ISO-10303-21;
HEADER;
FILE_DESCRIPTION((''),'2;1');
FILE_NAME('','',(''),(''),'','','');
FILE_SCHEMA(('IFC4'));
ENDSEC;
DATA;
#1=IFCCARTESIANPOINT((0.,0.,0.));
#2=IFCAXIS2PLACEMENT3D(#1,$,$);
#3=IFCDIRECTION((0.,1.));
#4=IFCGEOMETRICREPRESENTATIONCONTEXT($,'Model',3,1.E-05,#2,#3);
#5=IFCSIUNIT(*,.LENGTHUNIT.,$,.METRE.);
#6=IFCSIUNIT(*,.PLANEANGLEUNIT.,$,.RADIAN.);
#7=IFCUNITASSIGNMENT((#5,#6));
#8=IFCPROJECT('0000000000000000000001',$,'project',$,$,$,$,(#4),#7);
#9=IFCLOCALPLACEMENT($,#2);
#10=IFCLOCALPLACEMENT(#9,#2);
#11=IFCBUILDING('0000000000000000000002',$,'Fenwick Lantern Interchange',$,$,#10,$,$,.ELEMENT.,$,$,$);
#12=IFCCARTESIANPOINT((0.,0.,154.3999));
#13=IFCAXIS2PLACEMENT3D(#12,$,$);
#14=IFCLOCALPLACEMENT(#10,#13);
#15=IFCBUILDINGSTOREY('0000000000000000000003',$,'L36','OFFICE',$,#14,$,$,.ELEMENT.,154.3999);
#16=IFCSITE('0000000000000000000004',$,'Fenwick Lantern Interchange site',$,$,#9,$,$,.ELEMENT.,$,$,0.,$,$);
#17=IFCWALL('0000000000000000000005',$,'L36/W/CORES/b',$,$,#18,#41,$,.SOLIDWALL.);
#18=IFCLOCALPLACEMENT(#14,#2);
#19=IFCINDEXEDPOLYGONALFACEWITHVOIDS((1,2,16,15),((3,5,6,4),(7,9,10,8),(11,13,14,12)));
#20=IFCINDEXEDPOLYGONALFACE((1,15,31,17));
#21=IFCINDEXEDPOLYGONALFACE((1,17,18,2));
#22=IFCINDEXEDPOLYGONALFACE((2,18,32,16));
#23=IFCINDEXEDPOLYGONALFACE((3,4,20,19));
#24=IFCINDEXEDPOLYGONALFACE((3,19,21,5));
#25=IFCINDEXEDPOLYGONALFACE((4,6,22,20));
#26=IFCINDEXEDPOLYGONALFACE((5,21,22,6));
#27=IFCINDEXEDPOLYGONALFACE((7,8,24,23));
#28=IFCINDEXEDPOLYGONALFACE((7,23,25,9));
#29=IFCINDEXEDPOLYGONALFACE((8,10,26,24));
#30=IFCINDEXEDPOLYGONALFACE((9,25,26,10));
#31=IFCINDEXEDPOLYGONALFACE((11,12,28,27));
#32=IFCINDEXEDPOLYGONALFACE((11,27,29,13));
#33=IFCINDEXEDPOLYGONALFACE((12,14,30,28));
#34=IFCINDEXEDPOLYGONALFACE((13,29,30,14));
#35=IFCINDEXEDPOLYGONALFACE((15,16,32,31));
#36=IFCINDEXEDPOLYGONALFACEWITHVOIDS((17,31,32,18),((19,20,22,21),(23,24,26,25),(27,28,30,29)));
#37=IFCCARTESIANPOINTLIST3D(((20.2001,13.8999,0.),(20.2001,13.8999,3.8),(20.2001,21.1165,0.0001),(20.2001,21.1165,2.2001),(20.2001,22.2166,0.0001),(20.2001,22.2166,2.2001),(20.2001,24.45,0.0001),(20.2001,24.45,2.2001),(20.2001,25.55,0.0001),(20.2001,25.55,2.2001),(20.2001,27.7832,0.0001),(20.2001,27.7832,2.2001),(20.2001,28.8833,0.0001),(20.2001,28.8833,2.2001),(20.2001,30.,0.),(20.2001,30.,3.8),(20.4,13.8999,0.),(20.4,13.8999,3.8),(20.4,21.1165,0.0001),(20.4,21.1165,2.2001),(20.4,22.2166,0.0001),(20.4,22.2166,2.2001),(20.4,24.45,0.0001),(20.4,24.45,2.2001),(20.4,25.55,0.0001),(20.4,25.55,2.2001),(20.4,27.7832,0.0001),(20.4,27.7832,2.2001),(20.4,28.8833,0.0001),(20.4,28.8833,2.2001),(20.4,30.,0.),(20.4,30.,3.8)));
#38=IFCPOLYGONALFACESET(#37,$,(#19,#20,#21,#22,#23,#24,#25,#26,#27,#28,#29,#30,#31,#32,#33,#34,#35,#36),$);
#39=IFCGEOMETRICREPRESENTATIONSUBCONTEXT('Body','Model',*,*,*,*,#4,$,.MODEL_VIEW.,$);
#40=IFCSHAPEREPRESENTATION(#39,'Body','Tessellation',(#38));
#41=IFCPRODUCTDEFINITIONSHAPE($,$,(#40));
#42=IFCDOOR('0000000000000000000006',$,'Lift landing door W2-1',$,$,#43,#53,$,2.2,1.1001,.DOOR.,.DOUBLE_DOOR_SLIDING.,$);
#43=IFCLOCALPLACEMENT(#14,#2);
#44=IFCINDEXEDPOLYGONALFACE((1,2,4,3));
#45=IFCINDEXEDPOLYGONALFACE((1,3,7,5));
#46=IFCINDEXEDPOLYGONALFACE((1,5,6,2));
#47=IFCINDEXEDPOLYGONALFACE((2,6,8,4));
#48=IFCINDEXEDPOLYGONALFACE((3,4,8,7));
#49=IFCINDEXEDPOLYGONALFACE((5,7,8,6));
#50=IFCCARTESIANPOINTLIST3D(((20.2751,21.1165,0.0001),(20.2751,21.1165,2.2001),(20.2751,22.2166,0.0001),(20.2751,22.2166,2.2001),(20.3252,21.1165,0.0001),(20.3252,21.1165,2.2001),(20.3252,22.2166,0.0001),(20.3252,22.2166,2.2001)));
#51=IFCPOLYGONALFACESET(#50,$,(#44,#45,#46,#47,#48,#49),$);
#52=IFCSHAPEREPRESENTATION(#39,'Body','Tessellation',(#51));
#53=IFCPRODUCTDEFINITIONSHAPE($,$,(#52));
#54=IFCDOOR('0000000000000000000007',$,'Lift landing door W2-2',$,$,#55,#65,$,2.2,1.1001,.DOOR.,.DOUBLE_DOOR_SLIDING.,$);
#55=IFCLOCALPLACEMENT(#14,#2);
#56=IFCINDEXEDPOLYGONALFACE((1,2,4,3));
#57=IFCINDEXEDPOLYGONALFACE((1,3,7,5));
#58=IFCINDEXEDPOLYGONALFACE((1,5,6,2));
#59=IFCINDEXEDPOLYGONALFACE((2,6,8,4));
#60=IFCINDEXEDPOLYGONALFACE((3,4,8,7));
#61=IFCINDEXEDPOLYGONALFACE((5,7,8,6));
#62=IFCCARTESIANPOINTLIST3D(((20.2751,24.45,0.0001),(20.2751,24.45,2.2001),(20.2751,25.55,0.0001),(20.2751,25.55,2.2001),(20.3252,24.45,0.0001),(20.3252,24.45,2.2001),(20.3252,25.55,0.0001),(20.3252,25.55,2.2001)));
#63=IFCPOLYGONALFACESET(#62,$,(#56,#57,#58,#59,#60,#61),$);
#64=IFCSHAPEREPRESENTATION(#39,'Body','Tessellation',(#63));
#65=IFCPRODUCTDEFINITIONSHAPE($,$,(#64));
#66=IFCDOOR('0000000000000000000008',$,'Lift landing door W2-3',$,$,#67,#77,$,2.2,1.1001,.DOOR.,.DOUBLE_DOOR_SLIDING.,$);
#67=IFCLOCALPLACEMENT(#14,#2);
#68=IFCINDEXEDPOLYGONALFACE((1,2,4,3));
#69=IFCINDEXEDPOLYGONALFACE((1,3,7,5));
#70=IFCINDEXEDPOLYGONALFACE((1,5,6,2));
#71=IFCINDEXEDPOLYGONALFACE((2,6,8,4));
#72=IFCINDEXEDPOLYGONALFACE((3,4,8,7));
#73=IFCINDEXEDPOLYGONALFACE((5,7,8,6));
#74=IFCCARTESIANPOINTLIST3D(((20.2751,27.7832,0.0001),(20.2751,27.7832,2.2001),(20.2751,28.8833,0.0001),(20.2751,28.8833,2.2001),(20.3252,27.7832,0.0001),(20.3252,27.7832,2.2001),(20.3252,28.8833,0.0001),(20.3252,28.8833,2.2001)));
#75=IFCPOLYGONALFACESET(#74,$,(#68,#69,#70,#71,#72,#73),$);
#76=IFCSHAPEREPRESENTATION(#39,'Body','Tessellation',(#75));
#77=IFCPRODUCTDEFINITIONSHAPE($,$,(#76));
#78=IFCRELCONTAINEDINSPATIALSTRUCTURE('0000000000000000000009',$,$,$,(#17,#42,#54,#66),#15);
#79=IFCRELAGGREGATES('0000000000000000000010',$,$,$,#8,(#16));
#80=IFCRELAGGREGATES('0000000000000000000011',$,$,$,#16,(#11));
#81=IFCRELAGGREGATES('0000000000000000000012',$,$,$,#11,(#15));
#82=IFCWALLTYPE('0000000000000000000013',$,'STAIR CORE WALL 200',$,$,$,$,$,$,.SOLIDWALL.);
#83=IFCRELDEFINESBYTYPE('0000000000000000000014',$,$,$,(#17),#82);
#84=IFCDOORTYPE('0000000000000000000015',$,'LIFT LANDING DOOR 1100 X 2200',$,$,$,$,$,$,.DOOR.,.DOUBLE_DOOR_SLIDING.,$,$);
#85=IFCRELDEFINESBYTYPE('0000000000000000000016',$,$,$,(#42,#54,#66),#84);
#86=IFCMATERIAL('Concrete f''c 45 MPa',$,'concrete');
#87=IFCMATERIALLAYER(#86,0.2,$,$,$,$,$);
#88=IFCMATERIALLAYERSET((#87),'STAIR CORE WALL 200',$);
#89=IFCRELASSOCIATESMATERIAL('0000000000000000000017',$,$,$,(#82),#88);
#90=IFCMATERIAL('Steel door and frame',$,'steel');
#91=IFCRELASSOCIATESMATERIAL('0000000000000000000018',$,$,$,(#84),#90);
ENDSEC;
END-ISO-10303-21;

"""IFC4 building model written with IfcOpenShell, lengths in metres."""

from ifc_helpers import new_model, si_unit, direction, frame, frame_2d, origin, place, context, subcontext, project, spatial, rectangle, extrude, material, layer, layer_set, type_object, element, fill, save


model = new_model("IFC4")

# Units and contexts
model_context = context("Model", 3, precision=1e-05, world=origin(), true_north=direction((0.0, 1.0)))
body_context = subcontext(model_context, "Body", "Model", "MODEL_VIEW")
ifc_project = project(units=[si_unit("LENGTHUNIT", "METRE"), si_unit("PLANEANGLEUNIT", "RADIAN")], contexts=[model_context])

# Site, building, storey
site_placement = place(None, origin())
site = spatial("IfcSite", under=ifc_project, at=site_placement, Name="Fenwick Lantern Interchange site", CompositionType="ELEMENT", RefElevation=0.0)
building_placement = place(site_placement, origin())
building = spatial("IfcBuilding", under=site, at=building_placement, Name="Fenwick Lantern Interchange", CompositionType="ELEMENT")
storey_placement = place(building_placement, frame((0.0, 0.0, 154.3999)))
storey = spatial("IfcBuildingStorey", under=building, at=storey_placement, Name="L36", Description="OFFICE", CompositionType="ELEMENT", Elevation=154.3999)

# Shared definitions
ifc_material_1 = material(Name="Steel door and frame", Category="steel")

# Wall, openings, doors
ifc_material_2 = material(Name="Concrete f'c 45 MPa", Category="concrete")
ifc_layer_1 = layer(ifc_material_2, 0.2)
ifc_layer_set_1 = layer_set([ifc_layer_1], Name="STAIR CORE WALL 200")
wall_type_1 = type_object("IfcWallType", Name="STAIR CORE WALL 200", PredefinedType="SOLIDWALL", material=ifc_layer_set_1)
wall_1_placement = place(storey_placement, frame((20.3, 13.8999, 0.0), z_axis=(0.0, 0.0, 1.0), x_axis=(0.0, 1.0, 0.0)))
wall_1 = element("IfcWall", 1, at=wall_1_placement, inside=storey, type_object=wall_type_1, Name="L36/W/CORES/b", PredefinedType="SOLIDWALL", context=body_context, shape_type="SweptSolid", body=[
    extrude(rectangle(XDim=16.1001, YDim=0.2, at=frame_2d((8.05, 0.0))), origin(), (0.0, 0.0, 1.0), 3.8),
])
opening_1_placement = place(wall_1_placement, frame((7.2166, 0.0, 0.0)))
opening_1 = element("IfcOpeningElement", 2, at=opening_1_placement, cuts=wall_1, PredefinedType="OPENING", context=body_context, shape_type="SweptSolid", body=[
    extrude(rectangle(XDim=1.1001, YDim=2.2, at=frame_2d((0.55, 1.1001))), frame((0.0, 0.1099, 0.0), z_axis=(0.0, -1.0, 0.0), x_axis=(1.0, 0.0, 0.0)), (0.0, 0.0, 1.0), 0.22),
])
opening_2_placement = place(wall_1_placement, frame((10.55, 0.0, 0.0)))
opening_2 = element("IfcOpeningElement", 3, at=opening_2_placement, cuts=wall_1, PredefinedType="OPENING", context=body_context, shape_type="SweptSolid", body=[
    extrude(rectangle(XDim=1.1001, YDim=2.2, at=frame_2d((0.55, 1.1001))), frame((0.0, 0.1099, 0.0), z_axis=(0.0, -1.0, 0.0), x_axis=(1.0, 0.0, 0.0)), (0.0, 0.0, 1.0), 0.22),
])
opening_3_placement = place(wall_1_placement, frame((13.8833, 0.0, 0.0)))
opening_3 = element("IfcOpeningElement", 4, at=opening_3_placement, cuts=wall_1, PredefinedType="OPENING", context=body_context, shape_type="SweptSolid", body=[
    extrude(rectangle(XDim=1.1001, YDim=2.2, at=frame_2d((0.55, 1.1001))), frame((0.0, 0.1099, 0.0), z_axis=(0.0, -1.0, 0.0), x_axis=(1.0, 0.0, 0.0)), (0.0, 0.0, 1.0), 0.22),
])
door_type_1 = type_object("IfcDoorType", Name="LIFT LANDING DOOR 1100 X 2200", OperationType="DOUBLE_DOOR_SLIDING", PredefinedType="DOOR", material=ifc_material_1)
door_1_placement = place(opening_1_placement, origin())
door_1 = element("IfcDoor", 5, at=door_1_placement, inside=storey, type_object=door_type_1, Name="Lift landing door W2-1", OperationType="DOUBLE_DOOR_SLIDING", OverallHeight=2.2, OverallWidth=1.1001, PredefinedType="DOOR", context=body_context, shape_type="SweptSolid", body=[
    extrude(rectangle(XDim=1.1001, YDim=2.2, at=frame_2d((0.55, 1.1001))), frame((0.0, 0.0249, 0.0), z_axis=(0.0, -1.0, 0.0), x_axis=(1.0, 0.0, 0.0)), (0.0, 0.0, 1.0), 0.05),
])
fill(opening_1, door_1)
door_2_placement = place(opening_2_placement, origin())
door_2 = element("IfcDoor", 6, at=door_2_placement, inside=storey, type_object=door_type_1, Name="Lift landing door W2-2", OperationType="DOUBLE_DOOR_SLIDING", OverallHeight=2.2, OverallWidth=1.1001, PredefinedType="DOOR", context=body_context, shape_type="SweptSolid", body=[
    extrude(rectangle(XDim=1.1001, YDim=2.2, at=frame_2d((0.55, 1.1001))), frame((0.0, 0.0249, 0.0), z_axis=(0.0, -1.0, 0.0), x_axis=(1.0, 0.0, 0.0)), (0.0, 0.0, 1.0), 0.05),
])
fill(opening_2, door_2)
door_3_placement = place(opening_3_placement, origin())
door_3 = element("IfcDoor", 7, at=door_3_placement, inside=storey, type_object=door_type_1, Name="Lift landing door W2-3", OperationType="DOUBLE_DOOR_SLIDING", OverallHeight=2.2, OverallWidth=1.1001, PredefinedType="DOOR", context=body_context, shape_type="SweptSolid", body=[
    extrude(rectangle(XDim=1.1001, YDim=2.2, at=frame_2d((0.55, 1.1001))), frame((0.0, 0.0249, 0.0), z_axis=(0.0, -1.0, 0.0), x_axis=(1.0, 0.0, 0.0)), (0.0, 0.0, 1.0), 0.05),
])
fill(opening_3, door_3)

save(model, "model.ifc")
